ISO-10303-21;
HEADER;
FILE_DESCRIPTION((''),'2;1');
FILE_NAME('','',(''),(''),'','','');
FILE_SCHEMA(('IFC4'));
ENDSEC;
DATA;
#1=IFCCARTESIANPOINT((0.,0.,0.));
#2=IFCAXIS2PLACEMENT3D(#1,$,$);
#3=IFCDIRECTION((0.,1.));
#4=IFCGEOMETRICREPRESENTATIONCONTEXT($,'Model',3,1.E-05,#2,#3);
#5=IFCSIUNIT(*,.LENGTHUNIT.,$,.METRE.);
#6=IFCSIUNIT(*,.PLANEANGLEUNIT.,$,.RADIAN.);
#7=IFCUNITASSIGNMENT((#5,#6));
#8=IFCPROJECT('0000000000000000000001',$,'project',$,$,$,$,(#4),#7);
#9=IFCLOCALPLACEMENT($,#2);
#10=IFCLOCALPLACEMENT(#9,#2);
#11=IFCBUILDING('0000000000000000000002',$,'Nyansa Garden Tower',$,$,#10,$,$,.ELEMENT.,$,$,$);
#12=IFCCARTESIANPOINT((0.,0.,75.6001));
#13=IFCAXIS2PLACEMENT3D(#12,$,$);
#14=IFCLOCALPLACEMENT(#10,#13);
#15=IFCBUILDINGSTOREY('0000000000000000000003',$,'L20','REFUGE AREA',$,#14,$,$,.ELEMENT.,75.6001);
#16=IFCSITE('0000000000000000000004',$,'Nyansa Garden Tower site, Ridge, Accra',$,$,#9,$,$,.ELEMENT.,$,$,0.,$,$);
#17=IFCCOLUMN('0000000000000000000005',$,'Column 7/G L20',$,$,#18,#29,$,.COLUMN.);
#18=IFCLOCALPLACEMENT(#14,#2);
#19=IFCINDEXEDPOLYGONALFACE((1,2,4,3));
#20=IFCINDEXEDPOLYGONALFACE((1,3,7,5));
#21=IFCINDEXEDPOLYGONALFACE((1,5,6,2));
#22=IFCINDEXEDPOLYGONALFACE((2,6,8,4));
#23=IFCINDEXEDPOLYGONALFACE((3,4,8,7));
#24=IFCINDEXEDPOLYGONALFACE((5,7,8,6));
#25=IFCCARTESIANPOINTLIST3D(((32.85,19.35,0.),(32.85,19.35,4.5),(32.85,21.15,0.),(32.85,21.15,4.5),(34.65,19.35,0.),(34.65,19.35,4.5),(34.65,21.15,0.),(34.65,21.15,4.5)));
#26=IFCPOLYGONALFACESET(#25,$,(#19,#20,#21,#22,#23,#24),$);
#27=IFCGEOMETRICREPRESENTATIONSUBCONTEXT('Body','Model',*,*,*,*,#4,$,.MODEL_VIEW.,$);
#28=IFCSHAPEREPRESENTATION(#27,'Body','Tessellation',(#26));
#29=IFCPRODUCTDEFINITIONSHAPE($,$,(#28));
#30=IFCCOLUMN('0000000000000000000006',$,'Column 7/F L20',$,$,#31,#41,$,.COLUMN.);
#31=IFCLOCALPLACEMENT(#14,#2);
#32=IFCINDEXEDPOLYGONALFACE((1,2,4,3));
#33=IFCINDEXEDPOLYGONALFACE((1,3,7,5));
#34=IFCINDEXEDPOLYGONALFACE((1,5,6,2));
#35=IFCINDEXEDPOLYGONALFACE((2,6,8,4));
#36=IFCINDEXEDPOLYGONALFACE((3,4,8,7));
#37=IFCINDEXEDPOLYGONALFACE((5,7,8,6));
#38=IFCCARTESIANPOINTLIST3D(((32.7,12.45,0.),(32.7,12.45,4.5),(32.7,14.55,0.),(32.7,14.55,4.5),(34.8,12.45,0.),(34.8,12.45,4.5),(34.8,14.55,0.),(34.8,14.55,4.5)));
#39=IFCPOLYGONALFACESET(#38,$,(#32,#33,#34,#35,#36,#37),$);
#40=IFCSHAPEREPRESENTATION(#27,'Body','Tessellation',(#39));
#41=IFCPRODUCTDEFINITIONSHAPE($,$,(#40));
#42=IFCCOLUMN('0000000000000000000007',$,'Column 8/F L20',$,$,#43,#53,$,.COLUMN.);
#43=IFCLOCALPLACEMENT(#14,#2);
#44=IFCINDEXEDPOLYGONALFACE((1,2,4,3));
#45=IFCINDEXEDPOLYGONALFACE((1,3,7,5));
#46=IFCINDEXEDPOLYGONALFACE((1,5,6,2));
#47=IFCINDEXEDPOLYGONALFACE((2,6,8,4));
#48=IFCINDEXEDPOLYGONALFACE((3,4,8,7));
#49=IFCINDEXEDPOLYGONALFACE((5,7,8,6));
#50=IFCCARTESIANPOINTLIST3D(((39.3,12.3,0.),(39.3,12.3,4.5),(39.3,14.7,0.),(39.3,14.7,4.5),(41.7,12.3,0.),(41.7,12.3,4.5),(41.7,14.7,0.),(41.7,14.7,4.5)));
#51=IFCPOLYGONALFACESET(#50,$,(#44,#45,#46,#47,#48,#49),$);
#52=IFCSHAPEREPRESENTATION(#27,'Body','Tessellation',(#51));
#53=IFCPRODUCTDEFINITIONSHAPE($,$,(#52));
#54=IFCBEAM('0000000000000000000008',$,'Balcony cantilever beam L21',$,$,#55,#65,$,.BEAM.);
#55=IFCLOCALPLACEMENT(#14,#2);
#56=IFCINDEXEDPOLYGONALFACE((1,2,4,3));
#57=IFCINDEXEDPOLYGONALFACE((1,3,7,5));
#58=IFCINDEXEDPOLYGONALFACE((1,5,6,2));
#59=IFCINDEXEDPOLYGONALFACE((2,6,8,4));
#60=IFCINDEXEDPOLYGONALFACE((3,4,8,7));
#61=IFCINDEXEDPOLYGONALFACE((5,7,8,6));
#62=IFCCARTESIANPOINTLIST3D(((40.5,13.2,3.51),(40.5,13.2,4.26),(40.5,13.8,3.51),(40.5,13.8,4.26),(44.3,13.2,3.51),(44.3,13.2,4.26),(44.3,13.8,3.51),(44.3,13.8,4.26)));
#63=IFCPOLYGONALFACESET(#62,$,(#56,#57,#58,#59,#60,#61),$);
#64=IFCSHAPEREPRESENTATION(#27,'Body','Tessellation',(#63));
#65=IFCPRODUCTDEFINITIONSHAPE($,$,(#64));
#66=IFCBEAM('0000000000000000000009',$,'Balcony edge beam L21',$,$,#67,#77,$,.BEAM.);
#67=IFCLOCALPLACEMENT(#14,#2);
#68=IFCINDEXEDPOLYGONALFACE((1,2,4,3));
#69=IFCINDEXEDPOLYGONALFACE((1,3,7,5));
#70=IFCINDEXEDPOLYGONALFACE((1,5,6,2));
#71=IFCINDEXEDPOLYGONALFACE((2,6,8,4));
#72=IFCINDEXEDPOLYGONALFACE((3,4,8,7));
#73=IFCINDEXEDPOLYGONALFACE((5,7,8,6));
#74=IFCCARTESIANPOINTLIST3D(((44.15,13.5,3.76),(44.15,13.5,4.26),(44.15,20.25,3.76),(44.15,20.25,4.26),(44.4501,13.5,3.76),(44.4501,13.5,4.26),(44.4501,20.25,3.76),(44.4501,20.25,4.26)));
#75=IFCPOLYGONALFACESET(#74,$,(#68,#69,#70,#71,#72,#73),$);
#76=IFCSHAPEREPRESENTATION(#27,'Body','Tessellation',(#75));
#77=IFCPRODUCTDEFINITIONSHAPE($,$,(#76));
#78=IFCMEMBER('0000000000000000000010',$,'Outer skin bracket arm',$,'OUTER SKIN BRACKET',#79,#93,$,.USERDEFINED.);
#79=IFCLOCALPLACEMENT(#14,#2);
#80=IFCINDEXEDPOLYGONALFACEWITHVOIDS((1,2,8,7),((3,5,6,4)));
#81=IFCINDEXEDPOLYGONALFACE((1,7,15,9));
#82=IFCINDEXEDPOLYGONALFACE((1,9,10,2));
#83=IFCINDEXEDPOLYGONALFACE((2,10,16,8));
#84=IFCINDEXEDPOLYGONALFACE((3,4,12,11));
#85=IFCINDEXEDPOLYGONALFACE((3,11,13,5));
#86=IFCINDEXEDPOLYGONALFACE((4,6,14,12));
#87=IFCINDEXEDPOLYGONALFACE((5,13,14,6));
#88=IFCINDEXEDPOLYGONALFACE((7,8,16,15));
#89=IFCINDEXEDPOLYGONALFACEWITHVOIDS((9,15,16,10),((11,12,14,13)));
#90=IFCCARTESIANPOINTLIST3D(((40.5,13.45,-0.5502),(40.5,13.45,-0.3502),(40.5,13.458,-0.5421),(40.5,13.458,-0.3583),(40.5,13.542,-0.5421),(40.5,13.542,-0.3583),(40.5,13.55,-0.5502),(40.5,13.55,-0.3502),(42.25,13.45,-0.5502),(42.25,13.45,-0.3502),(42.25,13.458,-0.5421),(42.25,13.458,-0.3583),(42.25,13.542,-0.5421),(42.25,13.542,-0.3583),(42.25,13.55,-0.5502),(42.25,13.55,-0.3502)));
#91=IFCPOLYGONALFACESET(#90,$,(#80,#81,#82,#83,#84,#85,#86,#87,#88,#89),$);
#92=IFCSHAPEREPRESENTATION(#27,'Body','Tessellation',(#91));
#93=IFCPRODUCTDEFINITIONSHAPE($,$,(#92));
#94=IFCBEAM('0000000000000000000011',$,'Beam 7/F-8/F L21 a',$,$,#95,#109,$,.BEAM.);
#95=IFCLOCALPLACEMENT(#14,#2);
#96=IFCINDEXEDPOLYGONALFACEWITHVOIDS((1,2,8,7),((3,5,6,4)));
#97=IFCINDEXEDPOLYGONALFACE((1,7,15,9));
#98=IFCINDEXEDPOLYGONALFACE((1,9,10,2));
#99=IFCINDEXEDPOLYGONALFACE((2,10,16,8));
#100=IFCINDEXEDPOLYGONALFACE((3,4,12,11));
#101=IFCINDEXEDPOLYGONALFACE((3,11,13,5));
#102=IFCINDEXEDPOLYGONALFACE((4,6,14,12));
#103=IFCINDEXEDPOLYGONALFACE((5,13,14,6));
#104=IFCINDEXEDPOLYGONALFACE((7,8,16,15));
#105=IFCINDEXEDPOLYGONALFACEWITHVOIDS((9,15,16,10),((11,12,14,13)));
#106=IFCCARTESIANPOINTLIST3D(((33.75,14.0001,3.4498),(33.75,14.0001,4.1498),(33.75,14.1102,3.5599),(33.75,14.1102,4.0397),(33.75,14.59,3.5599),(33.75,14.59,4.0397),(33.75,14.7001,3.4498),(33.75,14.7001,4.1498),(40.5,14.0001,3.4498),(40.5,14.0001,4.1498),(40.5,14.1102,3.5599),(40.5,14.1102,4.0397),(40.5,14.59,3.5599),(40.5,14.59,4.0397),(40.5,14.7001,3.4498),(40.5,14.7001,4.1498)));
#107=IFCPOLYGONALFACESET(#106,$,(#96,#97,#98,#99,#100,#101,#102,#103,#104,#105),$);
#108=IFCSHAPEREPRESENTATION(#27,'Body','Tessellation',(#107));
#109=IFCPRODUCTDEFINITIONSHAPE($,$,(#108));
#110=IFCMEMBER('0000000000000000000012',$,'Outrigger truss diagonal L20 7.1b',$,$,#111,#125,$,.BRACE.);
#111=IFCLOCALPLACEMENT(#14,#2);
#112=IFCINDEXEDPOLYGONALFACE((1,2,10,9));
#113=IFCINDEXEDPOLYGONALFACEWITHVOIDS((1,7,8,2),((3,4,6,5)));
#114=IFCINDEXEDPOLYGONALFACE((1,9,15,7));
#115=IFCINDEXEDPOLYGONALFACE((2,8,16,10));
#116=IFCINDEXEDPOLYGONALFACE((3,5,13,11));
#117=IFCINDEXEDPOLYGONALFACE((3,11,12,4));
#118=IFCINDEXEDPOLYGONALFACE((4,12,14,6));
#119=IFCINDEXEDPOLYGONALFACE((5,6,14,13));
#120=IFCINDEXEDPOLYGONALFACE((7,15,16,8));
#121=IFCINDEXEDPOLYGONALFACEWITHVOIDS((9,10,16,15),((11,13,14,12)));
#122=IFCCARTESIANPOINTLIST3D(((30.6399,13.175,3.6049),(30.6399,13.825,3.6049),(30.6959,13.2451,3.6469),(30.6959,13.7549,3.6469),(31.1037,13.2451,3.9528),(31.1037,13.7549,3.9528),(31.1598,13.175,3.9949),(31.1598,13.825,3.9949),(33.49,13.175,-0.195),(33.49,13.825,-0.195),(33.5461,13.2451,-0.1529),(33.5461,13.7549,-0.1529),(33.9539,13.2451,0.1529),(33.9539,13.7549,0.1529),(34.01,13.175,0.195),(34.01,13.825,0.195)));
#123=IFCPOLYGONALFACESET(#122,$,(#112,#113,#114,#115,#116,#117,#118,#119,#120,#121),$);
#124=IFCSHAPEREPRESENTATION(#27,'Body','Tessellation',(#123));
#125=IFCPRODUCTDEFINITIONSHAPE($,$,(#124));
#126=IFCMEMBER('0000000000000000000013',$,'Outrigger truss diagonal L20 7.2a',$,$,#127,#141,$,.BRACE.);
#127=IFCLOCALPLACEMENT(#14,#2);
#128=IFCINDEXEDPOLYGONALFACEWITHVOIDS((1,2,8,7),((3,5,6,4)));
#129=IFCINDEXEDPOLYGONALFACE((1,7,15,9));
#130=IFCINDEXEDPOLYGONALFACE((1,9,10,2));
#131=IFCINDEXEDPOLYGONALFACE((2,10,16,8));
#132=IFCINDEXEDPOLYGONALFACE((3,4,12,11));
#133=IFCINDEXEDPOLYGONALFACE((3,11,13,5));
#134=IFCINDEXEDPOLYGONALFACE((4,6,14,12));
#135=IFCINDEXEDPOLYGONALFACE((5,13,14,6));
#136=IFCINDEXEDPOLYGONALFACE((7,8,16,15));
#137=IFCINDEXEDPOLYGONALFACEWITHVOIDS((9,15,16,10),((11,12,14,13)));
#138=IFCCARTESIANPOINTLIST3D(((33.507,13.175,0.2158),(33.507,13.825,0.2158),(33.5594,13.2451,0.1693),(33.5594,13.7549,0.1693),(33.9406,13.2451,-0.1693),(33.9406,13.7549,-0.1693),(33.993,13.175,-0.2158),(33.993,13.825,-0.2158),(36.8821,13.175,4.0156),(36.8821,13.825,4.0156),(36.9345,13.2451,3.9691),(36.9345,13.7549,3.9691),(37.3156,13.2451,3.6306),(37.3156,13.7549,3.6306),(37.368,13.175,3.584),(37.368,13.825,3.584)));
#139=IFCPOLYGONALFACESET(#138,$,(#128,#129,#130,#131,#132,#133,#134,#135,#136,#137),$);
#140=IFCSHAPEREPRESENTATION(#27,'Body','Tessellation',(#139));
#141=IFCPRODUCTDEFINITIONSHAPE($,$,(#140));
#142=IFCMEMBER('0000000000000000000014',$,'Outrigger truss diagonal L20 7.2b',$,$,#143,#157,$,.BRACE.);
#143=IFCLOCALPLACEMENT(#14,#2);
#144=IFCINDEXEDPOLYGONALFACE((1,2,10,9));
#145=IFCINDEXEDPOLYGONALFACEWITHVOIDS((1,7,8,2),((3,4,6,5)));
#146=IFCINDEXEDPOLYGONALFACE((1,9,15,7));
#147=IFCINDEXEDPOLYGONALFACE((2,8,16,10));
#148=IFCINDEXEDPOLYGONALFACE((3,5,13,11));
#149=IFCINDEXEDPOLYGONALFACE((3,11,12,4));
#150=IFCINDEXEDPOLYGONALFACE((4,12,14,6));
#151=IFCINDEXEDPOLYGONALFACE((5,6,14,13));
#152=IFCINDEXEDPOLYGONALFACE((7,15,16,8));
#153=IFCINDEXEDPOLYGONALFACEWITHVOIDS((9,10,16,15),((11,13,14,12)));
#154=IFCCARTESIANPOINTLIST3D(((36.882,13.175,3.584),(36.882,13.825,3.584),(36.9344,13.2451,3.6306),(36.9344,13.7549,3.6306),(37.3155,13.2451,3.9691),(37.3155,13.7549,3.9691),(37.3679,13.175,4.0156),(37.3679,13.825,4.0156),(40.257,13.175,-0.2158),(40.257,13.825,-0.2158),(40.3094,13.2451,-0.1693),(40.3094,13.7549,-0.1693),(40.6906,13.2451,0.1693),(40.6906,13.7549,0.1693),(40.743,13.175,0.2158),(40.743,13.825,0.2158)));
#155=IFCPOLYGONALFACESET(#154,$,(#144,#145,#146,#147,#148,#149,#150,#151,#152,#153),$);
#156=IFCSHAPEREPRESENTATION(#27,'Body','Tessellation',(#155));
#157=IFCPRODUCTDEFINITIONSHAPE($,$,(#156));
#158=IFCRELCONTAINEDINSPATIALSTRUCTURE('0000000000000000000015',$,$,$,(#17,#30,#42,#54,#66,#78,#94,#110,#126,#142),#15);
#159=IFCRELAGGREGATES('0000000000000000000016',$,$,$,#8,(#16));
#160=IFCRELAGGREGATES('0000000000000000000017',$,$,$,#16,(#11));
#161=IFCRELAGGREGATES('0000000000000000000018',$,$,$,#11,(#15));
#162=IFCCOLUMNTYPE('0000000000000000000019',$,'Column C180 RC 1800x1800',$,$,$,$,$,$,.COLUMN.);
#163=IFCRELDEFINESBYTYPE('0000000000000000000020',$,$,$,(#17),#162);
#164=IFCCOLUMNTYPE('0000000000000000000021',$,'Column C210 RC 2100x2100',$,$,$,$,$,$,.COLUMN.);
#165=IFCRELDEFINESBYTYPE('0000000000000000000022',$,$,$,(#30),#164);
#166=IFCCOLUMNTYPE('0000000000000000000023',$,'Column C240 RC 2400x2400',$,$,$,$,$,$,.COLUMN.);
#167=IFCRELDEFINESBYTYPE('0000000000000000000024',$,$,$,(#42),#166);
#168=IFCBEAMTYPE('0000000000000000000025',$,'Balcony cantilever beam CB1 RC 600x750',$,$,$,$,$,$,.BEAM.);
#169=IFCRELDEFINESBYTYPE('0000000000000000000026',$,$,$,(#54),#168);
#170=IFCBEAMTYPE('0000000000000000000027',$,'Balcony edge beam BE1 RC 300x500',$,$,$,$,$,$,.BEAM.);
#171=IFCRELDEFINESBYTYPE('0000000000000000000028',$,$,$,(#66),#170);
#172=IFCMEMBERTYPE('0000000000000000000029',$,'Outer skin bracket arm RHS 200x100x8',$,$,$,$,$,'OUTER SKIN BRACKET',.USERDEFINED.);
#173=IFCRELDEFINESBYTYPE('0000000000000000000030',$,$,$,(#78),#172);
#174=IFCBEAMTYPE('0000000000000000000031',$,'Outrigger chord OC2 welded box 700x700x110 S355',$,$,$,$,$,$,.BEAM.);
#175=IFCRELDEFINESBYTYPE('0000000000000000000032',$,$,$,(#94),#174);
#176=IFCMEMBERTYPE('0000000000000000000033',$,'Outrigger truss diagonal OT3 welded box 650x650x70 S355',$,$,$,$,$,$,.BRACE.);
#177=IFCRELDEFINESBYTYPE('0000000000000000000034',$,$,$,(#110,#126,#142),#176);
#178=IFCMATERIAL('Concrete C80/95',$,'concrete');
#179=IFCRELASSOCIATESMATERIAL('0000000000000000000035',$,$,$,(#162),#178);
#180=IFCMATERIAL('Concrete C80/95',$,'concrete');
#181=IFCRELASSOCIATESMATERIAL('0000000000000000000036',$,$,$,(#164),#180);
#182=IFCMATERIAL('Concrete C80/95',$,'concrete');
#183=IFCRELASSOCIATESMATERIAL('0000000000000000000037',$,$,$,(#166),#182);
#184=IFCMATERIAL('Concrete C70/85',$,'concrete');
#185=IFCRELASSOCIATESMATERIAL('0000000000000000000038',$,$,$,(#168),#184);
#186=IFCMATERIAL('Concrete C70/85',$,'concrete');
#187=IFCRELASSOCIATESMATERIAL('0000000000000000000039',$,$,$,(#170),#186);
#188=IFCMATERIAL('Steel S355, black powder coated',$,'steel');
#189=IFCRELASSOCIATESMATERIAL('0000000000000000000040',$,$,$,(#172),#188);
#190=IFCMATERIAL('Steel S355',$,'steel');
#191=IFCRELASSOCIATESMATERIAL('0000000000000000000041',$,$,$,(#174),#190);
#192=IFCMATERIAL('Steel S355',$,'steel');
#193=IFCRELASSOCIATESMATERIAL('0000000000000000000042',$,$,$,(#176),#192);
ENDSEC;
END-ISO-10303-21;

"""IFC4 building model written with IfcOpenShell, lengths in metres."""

from ifc_helpers import new_model, si_unit, direction, frame, origin, origin_2d, place, context, subcontext, project, spatial, rectangle, hollow_rectangle, extrude, material, material_profile, profile_set, type_object, element, save


model = new_model("IFC4")

# Units and contexts
model_context = context("Model", 3, precision=1e-05, world=origin(), true_north=direction((0.0, 1.0)))
body_context = subcontext(model_context, "Body", "Model", "MODEL_VIEW")
ifc_project = project(units=[si_unit("LENGTHUNIT", "METRE"), si_unit("PLANEANGLEUNIT", "RADIAN")], contexts=[model_context])

# Site, building, storey
site_placement = place(None, origin())
site = spatial("IfcSite", under=ifc_project, at=site_placement, Name="Nyansa Garden Tower site, Ridge, Accra", CompositionType="ELEMENT", RefElevation=0.0)
building_placement = place(site_placement, origin())
building = spatial("IfcBuilding", under=site, at=building_placement, Name="Nyansa Garden Tower", CompositionType="ELEMENT")
storey_placement = place(building_placement, frame((0.0, 0.0, 75.6001)))
storey = spatial("IfcBuildingStorey", under=building, at=storey_placement, Name="L20", Description="REFUGE AREA", CompositionType="ELEMENT", Elevation=75.6001)

# Columns
ifc_material_1 = material(Name="Concrete C80/95", Category="concrete")
ifc_material_profile_1 = material_profile(ifc_material_1, rectangle(XDim=1.8, YDim=1.8, at=origin_2d()), Name="RC 1800x1800")
ifc_profile_set_1 = profile_set([ifc_material_profile_1], Name="Concrete C80/95")
column_type_1 = type_object("IfcColumnType", Name="Column C180 RC 1800x1800", PredefinedType="COLUMN", material=ifc_profile_set_1)
column_1_placement = place(storey_placement, frame((33.75, 20.25, 0.0), z_axis=(0.0, 0.0, 1.0), x_axis=(1.0, 0.0, 0.0)))
element("IfcColumn", 1, at=column_1_placement, inside=storey, type_object=column_type_1, Name="Column 7/G L20", PredefinedType="COLUMN", context=body_context, shape_type="SweptSolid", body=[
    extrude(rectangle(XDim=1.8, YDim=1.8, at=origin_2d()), origin(), (0.0, 0.0, 1.0), 4.5),
])
ifc_material_2 = material(Name="Concrete C80/95", Category="concrete")
ifc_material_profile_2 = material_profile(ifc_material_2, rectangle(XDim=2.1001, YDim=2.1001, at=origin_2d()), Name="RC 2100x2100")
ifc_profile_set_2 = profile_set([ifc_material_profile_2], Name="Concrete C80/95")
column_type_2 = type_object("IfcColumnType", Name="Column C210 RC 2100x2100", PredefinedType="COLUMN", material=ifc_profile_set_2)
column_2_placement = place(storey_placement, frame((33.75, 13.5, 0.0), z_axis=(0.0, 0.0, 1.0), x_axis=(1.0, 0.0, 0.0)))
element("IfcColumn", 2, at=column_2_placement, inside=storey, type_object=column_type_2, Name="Column 7/F L20", PredefinedType="COLUMN", context=body_context, shape_type="SweptSolid", body=[
    extrude(rectangle(XDim=2.1001, YDim=2.1001, at=origin_2d()), origin(), (0.0, 0.0, 1.0), 4.5),
])
ifc_material_3 = material(Name="Concrete C80/95", Category="concrete")
ifc_material_profile_3 = material_profile(ifc_material_3, rectangle(XDim=2.3999, YDim=2.3999, at=origin_2d()), Name="RC 2400x2400")
ifc_profile_set_3 = profile_set([ifc_material_profile_3], Name="Concrete C80/95")
column_type_3 = type_object("IfcColumnType", Name="Column C240 RC 2400x2400", PredefinedType="COLUMN", material=ifc_profile_set_3)
column_3_placement = place(storey_placement, frame((40.5, 13.5, 0.0), z_axis=(0.0, 0.0, 1.0), x_axis=(1.0, 0.0, 0.0)))
element("IfcColumn", 3, at=column_3_placement, inside=storey, type_object=column_type_3, Name="Column 8/F L20", PredefinedType="COLUMN", context=body_context, shape_type="SweptSolid", body=[
    extrude(rectangle(XDim=2.3999, YDim=2.3999, at=origin_2d()), origin(), (0.0, 0.0, 1.0), 4.5),
])

# Beams
ifc_material_4 = material(Name="Concrete C70/85", Category="concrete")
ifc_material_profile_4 = material_profile(ifc_material_4, rectangle(XDim=0.6001, YDim=0.75, at=origin_2d()), Name="RC 600x750")
ifc_profile_set_4 = profile_set([ifc_material_profile_4], Name="Concrete C70/85")
beam_type_1 = type_object("IfcBeamType", Name="Balcony cantilever beam CB1 RC 600x750", PredefinedType="BEAM", material=ifc_profile_set_4)
beam_1_placement = place(storey_placement, frame((40.5, 13.5, 3.885), z_axis=(1.0, 0.0, 0.0), x_axis=(0.0, 1.0, 0.0)))
element("IfcBeam", 4, at=beam_1_placement, inside=storey, type_object=beam_type_1, Name="Balcony cantilever beam L21", PredefinedType="BEAM", context=body_context, shape_type="SweptSolid", body=[
    extrude(rectangle(XDim=0.6001, YDim=0.75, at=origin_2d()), origin(), (0.0, 0.0, 1.0), 3.8),
])
ifc_material_5 = material(Name="Concrete C70/85", Category="concrete")
ifc_material_profile_5 = material_profile(ifc_material_5, rectangle(XDim=0.3, YDim=0.5, at=origin_2d()), Name="RC 300x500")
ifc_profile_set_5 = profile_set([ifc_material_profile_5], Name="Concrete C70/85")
beam_type_2 = type_object("IfcBeamType", Name="Balcony edge beam BE1 RC 300x500", PredefinedType="BEAM", material=ifc_profile_set_5)
beam_2_placement = place(storey_placement, frame((44.3, 13.5, 4.01), z_axis=(0.0, 1.0, 0.0), x_axis=(-1.0, 0.0, 0.0)))
element("IfcBeam", 5, at=beam_2_placement, inside=storey, type_object=beam_type_2, Name="Balcony edge beam L21", PredefinedType="BEAM", context=body_context, shape_type="SweptSolid", body=[
    extrude(rectangle(XDim=0.3, YDim=0.5, at=origin_2d()), origin(), (0.0, 0.0, 1.0), 6.75),
])

# Member
ifc_material_6 = material(Name="Steel S355, black powder coated", Category="steel")
ifc_material_profile_6 = material_profile(ifc_material_6, hollow_rectangle(XDim=0.1001, YDim=0.2, WallThickness=0.0081, at=origin_2d()), Name="RHS 200x100x8")
ifc_profile_set_6 = profile_set([ifc_material_profile_6], Name="Steel S355, black powder coated")
member_type_1 = type_object("IfcMemberType", Name="Outer skin bracket arm RHS 200x100x8", ElementType="OUTER SKIN BRACKET", PredefinedType="USERDEFINED", material=ifc_profile_set_6)
member_1_placement = place(storey_placement, frame((40.5, 13.5, -0.4502), z_axis=(1.0, 0.0, 0.0), x_axis=(0.0, 1.0, 0.0)))
element("IfcMember", 6, at=member_1_placement, inside=storey, type_object=member_type_1, Name="Outer skin bracket arm", ObjectType="OUTER SKIN BRACKET", PredefinedType="USERDEFINED", context=body_context, shape_type="SweptSolid", body=[
    extrude(hollow_rectangle(XDim=0.1001, YDim=0.2, WallThickness=0.0081, at=origin_2d()), origin(), (0.0, 0.0, 1.0), 1.75),
])

# Beam
ifc_material_7 = material(Name="Steel S355", Category="steel")
ifc_material_profile_7 = material_profile(ifc_material_7, hollow_rectangle(XDim=0.7, YDim=0.7, WallThickness=0.1101, at=origin_2d()), Name="Welded box 700x700x110")
ifc_profile_set_7 = profile_set([ifc_material_profile_7], Name="Steel S355")
beam_type_3 = type_object("IfcBeamType", Name="Outrigger chord OC2 welded box 700x700x110 S355", PredefinedType="BEAM", material=ifc_profile_set_7)
beam_3_placement = place(storey_placement, frame((33.75, 14.3501, 3.7998), z_axis=(1.0, 0.0, 0.0), x_axis=(0.0, 1.0, 0.0)))
element("IfcBeam", 7, at=beam_3_placement, inside=storey, type_object=beam_type_3, Name="Beam 7/F-8/F L21 a", PredefinedType="BEAM", context=body_context, shape_type="SweptSolid", body=[
    extrude(hollow_rectangle(XDim=0.7, YDim=0.7, WallThickness=0.1101, at=origin_2d()), origin(), (0.0, 0.0, 1.0), 6.75),
])

# Members
ifc_material_8 = material(Name="Steel S355", Category="steel")
ifc_material_profile_8 = material_profile(ifc_material_8, hollow_rectangle(XDim=0.6499, YDim=0.6499, WallThickness=0.0701, at=origin_2d()), Name="Welded box 650x650x70")
ifc_profile_set_8 = profile_set([ifc_material_profile_8], Name="Steel S355")
member_type_2 = type_object("IfcMemberType", Name="Outrigger truss diagonal OT3 welded box 650x650x70 S355", PredefinedType="BRACE", material=ifc_profile_set_8)
member_2_placement = place(storey_placement, frame((33.75, 13.5, 0.0), z_axis=(-0.600033, 0.0, 0.799975), x_axis=(0.0, -1.0, 0.0)))
element("IfcMember", 8, at=member_2_placement, inside=storey, type_object=member_type_2, Name="Outrigger truss diagonal L20 7.1b", PredefinedType="BRACE", context=body_context, shape_type="SweptSolid", body=[
    extrude(hollow_rectangle(XDim=0.6499, YDim=0.6499, WallThickness=0.0701, at=origin_2d()), origin(), (0.0, 0.0, 1.0), 4.75),
])
for number, where, z_axis, x_axis, name in (
    (9, (33.75, 13.5, 0.0), (0.664078, 0.0, 0.747664), (0.0, 1.0, 0.0), "Outrigger truss diagonal L20 7.2a"),
    (10, (40.5, 13.5, 0.0), (-0.664078, 0.0, 0.747664), (0.0, -1.0, 0.0), "Outrigger truss diagonal L20 7.2b"),
):
    element("IfcMember", number, at=place(storey_placement, frame(where, z_axis=z_axis, x_axis=x_axis)), inside=storey, type_object=member_type_2, Name=name, PredefinedType="BRACE", context=body_context, shape_type="SweptSolid", body=[
        extrude(hollow_rectangle(XDim=0.6499, YDim=0.6499, WallThickness=0.0701, at=origin_2d()), origin(), (0.0, 0.0, 1.0), 5.0823),
    ])

save(model, "model.ifc")
